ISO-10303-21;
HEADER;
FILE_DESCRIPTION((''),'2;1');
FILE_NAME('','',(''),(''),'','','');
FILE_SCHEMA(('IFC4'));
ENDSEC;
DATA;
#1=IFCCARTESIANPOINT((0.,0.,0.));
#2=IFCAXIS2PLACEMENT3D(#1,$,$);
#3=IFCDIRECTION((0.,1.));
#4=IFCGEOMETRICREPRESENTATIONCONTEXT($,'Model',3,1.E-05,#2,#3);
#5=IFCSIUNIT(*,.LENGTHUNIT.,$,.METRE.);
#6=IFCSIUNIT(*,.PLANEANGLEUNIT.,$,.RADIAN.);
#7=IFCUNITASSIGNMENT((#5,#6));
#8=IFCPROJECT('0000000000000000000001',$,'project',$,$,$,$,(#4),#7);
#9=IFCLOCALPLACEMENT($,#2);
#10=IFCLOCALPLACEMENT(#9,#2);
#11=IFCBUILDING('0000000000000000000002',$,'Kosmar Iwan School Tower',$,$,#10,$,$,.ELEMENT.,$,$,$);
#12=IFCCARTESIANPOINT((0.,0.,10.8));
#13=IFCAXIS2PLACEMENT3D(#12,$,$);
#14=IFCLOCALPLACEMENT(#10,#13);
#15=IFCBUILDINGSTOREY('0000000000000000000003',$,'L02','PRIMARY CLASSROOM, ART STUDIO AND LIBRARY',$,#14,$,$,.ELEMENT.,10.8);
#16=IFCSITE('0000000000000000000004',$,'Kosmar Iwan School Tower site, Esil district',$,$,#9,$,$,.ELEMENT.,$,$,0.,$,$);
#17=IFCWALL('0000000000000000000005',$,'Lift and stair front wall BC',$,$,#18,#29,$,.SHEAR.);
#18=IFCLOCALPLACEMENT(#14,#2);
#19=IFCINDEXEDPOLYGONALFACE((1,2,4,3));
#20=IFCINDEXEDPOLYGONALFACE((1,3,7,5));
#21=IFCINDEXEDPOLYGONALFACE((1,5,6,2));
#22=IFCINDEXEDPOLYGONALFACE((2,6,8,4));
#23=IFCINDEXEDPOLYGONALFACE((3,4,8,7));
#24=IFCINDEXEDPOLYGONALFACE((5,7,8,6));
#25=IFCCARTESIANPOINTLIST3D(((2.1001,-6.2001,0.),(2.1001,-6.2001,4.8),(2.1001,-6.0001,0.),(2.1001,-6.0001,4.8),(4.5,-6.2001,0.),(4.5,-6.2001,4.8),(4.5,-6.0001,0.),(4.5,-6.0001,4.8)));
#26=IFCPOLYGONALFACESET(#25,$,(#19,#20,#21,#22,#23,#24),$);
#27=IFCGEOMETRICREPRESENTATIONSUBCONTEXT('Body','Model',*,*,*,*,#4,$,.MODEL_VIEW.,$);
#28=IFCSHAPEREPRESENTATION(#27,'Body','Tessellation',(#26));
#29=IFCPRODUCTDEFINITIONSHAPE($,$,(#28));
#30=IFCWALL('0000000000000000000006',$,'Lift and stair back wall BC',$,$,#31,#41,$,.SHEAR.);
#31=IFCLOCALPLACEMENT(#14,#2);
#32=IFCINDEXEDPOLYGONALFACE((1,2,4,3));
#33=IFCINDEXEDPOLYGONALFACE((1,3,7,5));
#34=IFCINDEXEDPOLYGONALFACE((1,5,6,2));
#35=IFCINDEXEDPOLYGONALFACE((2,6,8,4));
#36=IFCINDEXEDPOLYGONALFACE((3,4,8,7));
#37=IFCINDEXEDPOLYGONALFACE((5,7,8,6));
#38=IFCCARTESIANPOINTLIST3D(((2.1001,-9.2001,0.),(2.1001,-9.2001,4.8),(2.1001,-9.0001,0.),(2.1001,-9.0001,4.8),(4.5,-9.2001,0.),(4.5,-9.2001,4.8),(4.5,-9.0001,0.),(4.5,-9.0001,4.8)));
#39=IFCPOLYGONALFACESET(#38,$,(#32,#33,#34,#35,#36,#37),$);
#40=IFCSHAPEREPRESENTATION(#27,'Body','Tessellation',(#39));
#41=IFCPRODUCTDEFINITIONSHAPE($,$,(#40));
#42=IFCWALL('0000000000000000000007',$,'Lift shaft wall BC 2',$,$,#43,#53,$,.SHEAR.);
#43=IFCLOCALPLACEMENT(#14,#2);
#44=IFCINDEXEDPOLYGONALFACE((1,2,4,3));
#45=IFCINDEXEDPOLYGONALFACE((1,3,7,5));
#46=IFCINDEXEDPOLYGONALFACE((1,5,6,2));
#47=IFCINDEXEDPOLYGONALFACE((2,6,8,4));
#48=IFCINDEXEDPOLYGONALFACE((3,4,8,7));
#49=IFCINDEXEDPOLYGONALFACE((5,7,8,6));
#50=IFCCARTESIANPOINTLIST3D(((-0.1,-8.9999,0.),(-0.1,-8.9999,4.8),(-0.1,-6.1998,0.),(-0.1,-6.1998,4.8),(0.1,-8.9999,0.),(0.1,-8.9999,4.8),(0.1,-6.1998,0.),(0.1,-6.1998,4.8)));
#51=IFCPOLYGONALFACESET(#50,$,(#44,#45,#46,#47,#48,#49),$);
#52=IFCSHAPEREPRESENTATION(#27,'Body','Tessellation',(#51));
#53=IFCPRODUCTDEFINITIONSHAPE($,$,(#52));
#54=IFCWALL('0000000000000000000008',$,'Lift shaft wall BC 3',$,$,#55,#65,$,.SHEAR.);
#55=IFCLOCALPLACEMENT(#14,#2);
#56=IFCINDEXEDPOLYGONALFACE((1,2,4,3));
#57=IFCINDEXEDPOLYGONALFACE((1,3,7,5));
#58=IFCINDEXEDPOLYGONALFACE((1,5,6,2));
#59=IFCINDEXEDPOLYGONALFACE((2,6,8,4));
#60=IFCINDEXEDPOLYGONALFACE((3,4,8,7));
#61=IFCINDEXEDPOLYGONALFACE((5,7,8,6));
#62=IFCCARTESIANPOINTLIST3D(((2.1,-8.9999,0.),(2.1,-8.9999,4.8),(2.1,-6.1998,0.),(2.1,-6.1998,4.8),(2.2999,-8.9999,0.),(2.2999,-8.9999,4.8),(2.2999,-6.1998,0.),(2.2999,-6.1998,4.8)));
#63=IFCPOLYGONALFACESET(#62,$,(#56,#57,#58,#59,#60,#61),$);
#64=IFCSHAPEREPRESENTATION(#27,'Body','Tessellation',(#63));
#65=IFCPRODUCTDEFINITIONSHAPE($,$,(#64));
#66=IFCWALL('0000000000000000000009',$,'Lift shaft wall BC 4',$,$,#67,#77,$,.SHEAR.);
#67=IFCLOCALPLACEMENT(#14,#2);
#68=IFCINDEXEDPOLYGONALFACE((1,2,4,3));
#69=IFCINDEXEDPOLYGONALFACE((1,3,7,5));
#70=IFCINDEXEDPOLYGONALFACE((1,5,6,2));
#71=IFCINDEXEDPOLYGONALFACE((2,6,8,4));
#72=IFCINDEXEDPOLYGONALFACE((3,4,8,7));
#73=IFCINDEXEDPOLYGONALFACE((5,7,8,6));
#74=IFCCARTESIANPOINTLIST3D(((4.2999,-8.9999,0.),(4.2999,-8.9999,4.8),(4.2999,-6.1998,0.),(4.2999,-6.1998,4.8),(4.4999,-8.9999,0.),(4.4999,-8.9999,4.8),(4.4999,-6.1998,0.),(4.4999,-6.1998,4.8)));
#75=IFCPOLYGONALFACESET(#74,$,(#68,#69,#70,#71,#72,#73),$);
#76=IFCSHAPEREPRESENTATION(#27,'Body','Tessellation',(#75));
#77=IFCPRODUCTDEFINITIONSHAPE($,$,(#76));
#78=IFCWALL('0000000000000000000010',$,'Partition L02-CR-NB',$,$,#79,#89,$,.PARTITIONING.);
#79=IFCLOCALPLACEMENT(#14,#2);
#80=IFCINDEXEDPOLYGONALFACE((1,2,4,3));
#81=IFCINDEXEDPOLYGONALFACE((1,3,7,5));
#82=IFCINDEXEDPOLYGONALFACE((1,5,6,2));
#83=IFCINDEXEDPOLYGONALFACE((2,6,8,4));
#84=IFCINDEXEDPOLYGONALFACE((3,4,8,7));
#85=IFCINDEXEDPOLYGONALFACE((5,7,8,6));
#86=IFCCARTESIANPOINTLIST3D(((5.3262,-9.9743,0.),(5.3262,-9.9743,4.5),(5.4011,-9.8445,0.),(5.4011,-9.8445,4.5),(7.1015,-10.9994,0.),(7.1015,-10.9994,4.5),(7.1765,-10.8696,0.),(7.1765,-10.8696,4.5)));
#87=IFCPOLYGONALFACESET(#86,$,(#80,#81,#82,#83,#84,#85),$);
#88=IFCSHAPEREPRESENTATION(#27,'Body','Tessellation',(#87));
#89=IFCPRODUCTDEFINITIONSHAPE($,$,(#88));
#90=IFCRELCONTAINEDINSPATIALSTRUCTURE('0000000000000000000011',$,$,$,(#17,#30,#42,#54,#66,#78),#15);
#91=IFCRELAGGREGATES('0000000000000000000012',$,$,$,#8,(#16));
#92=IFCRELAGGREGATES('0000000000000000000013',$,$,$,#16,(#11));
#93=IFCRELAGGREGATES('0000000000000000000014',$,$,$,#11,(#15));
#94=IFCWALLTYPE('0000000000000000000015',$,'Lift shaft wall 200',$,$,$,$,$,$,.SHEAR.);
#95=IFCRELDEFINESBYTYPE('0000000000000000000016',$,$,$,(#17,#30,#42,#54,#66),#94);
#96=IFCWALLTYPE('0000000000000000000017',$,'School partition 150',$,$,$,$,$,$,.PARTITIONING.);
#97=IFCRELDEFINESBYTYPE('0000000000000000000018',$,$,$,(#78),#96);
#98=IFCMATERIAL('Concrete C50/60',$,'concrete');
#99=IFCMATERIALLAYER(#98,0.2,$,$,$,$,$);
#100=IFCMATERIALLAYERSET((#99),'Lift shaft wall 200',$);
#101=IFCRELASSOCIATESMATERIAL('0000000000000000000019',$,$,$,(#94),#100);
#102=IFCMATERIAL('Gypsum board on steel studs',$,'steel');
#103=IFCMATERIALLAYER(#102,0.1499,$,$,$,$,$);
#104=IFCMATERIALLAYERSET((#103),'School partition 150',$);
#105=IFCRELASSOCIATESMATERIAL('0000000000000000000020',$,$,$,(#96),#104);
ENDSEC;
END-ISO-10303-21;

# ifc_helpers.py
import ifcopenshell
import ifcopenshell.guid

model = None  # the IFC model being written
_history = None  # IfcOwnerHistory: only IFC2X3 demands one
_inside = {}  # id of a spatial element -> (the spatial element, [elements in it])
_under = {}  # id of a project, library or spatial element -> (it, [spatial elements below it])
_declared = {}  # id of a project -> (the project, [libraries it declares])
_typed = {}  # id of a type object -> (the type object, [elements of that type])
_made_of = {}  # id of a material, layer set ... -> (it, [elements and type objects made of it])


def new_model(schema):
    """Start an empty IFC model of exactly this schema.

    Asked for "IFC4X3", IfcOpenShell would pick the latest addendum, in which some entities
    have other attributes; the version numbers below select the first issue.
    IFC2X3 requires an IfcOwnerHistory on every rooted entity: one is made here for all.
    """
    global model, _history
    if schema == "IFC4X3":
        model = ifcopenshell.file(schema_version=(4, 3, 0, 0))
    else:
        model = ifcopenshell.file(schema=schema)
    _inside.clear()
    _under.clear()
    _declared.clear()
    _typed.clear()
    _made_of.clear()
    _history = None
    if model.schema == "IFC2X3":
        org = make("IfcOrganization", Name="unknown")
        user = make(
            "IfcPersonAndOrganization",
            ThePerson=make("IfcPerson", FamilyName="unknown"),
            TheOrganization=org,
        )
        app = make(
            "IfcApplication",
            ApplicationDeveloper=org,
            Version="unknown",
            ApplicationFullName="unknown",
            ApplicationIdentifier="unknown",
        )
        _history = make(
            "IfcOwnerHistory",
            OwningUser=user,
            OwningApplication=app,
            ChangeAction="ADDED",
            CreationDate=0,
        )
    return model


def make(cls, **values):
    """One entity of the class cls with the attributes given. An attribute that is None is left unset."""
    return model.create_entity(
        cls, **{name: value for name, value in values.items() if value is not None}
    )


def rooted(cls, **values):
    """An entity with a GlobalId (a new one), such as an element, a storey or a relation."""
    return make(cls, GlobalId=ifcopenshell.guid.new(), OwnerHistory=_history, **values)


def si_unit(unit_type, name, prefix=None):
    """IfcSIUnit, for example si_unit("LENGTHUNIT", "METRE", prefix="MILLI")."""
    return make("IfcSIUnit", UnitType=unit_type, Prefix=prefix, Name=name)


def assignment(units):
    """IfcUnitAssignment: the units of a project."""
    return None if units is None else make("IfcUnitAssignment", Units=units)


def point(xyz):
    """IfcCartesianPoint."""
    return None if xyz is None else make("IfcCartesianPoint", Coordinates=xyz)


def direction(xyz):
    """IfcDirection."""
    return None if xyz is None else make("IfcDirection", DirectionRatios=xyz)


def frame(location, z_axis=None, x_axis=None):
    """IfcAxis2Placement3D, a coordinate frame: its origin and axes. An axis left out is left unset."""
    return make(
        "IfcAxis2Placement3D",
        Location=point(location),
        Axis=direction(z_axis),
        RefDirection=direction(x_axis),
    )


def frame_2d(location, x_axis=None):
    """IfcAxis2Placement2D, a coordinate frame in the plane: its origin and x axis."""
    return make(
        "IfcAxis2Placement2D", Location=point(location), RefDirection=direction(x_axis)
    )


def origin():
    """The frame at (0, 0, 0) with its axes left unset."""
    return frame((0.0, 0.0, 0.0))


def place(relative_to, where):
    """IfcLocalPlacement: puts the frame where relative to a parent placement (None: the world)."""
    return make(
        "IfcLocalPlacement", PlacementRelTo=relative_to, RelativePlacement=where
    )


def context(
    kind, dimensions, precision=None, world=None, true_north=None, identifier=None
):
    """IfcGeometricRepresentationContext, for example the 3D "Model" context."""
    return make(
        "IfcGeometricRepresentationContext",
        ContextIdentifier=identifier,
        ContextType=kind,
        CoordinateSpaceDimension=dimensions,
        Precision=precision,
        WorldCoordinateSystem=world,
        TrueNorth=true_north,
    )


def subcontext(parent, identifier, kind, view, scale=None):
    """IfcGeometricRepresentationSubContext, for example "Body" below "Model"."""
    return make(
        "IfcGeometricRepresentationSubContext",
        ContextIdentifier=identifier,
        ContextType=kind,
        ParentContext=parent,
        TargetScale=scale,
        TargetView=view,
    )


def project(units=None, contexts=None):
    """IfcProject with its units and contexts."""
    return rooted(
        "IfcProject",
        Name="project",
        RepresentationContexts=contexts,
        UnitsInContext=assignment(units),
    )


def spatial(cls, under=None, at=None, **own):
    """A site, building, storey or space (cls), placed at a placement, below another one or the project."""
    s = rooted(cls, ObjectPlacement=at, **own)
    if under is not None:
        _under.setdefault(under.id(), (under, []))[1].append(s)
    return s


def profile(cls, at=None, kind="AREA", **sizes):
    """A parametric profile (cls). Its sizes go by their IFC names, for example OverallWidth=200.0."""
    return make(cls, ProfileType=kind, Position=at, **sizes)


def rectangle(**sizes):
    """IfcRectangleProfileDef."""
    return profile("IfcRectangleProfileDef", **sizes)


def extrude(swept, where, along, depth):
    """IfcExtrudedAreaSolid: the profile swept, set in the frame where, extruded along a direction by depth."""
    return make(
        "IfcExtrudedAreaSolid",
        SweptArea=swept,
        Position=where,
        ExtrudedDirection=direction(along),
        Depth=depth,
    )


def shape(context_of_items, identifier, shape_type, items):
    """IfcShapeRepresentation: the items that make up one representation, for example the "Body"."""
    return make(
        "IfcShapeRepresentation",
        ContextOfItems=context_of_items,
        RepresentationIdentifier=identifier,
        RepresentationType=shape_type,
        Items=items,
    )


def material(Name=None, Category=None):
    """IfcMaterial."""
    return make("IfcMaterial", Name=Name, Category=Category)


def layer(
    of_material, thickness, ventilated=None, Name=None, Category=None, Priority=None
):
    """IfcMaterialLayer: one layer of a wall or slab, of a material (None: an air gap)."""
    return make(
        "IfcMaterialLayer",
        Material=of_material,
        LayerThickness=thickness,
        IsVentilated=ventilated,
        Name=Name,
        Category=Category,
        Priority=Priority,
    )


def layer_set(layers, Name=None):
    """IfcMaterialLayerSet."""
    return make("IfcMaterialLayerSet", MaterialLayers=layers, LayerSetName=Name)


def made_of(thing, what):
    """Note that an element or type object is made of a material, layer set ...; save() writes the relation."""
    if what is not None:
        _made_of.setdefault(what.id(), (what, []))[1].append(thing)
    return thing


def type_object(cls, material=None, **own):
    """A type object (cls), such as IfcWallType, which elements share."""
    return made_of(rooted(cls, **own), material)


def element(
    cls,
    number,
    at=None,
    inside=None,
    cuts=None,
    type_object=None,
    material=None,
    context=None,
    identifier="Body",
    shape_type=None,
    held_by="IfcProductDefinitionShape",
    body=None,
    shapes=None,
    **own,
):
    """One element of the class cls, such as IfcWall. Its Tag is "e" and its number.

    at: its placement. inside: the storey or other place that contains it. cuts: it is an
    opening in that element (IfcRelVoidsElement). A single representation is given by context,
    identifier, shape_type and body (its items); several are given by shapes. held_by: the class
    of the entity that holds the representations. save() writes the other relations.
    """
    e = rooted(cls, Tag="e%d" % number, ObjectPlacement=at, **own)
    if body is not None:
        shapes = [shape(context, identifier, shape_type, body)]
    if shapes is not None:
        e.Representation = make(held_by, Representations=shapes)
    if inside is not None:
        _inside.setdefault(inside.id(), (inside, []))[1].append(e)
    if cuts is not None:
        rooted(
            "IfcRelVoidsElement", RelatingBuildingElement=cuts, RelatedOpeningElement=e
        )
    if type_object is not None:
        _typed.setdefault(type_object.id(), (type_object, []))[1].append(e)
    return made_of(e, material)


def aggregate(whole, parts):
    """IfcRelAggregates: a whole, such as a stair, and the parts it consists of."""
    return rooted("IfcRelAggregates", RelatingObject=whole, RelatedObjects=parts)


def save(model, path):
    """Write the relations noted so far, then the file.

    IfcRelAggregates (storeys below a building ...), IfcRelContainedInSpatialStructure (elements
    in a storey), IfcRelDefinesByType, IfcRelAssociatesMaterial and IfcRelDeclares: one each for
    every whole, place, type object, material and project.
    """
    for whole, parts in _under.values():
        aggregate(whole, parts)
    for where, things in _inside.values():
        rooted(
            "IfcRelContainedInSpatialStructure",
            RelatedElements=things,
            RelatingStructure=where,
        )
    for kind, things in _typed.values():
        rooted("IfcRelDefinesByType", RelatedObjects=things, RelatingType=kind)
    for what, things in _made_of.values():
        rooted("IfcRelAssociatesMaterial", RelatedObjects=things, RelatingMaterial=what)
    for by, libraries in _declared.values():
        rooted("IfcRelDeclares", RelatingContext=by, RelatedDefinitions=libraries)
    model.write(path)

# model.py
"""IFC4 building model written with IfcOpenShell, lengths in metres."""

from ifc_helpers import new_model, si_unit, direction, frame, frame_2d, origin, place, context, subcontext, project, spatial, rectangle, extrude, material, layer, layer_set, type_object, element, save


model = new_model("IFC4")

# Units and contexts
model_context = context("Model", 3, precision=1e-05, world=origin(), true_north=direction((0.0, 1.0)))
body_context = subcontext(model_context, "Body", "Model", "MODEL_VIEW")
ifc_project = project(units=[si_unit("LENGTHUNIT", "METRE"), si_unit("PLANEANGLEUNIT", "RADIAN")], contexts=[model_context])

# Site, building, storey
site_placement = place(None, origin())
site = spatial("IfcSite", under=ifc_project, at=site_placement, Name="Kosmar Iwan School Tower site, Esil district", CompositionType="ELEMENT", RefElevation=0.0)
building_placement = place(site_placement, origin())
building = spatial("IfcBuilding", under=site, at=building_placement, Name="Kosmar Iwan School Tower", CompositionType="ELEMENT")
storey_placement = place(building_placement, frame((0.0, 0.0, 10.8)))
storey = spatial("IfcBuildingStorey", under=building, at=storey_placement, Name="L02", Description="PRIMARY CLASSROOM, ART STUDIO AND LIBRARY", CompositionType="ELEMENT", Elevation=10.8)

# Walls
ifc_material_1 = material(Name="Concrete C50/60", Category="concrete")
ifc_layer_1 = layer(ifc_material_1, 0.2)
ifc_layer_set_1 = layer_set([ifc_layer_1], Name="Lift shaft wall 200")
wall_type_1 = type_object("IfcWallType", Name="Lift shaft wall 200", PredefinedType="SHEAR", material=ifc_layer_set_1)
for number, where, z_axis, x_axis, name in (
    (1, (2.1001, -6.1001, 0.0), (0.0, 0.0, 1.0), (1.0, 0.0, 0.0), "Lift and stair front wall BC"),
    (2, (2.1001, -9.1001, 0.0), (0.0, 0.0, 1.0), (1.0, 0.0, 0.0), "Lift and stair back wall BC"),
):
    element("IfcWall", number, at=place(storey_placement, frame(where, z_axis=z_axis, x_axis=x_axis)), inside=storey, type_object=wall_type_1, Name=name, PredefinedType="SHEAR", context=body_context, shape_type="SweptSolid", body=[
        extrude(rectangle(XDim=2.3999, YDim=0.2, at=frame_2d((1.2, 0.0))), origin(), (0.0, 0.0, 1.0), 4.8),
    ])
for number, where, z_axis, x_axis, name in (
    (3, (0.0, -6.2, 0.0), (0.0, 0.0, 1.0), (0.0, -1.0, 0.0), "Lift shaft wall BC 2"),
    (4, (2.2, -6.2, 0.0), (0.0, 0.0, 1.0), (0.0, -1.0, 0.0), "Lift shaft wall BC 3"),
    (5, (4.3999, -6.2, 0.0), (0.0, 0.0, 1.0), (0.0, -1.0, 0.0), "Lift shaft wall BC 4"),
):
    element("IfcWall", number, at=place(storey_placement, frame(where, z_axis=z_axis, x_axis=x_axis)), inside=storey, type_object=wall_type_1, Name=name, PredefinedType="SHEAR", context=body_context, shape_type="SweptSolid", body=[
        extrude(rectangle(XDim=2.8, YDim=0.2, at=frame_2d((1.3999, 0.0))), origin(), (0.0, 0.0, 1.0), 4.8),
    ])
ifc_material_2 = material(Name="Gypsum board on steel studs", Category="steel")
ifc_layer_2 = layer(ifc_material_2, 0.1499)
ifc_layer_set_2 = layer_set([ifc_layer_2], Name="School partition 150")
wall_type_2 = type_object("IfcWallType", Name="School partition 150", PredefinedType="PARTITIONING", material=ifc_layer_set_2)
wall_1_placement = place(storey_placement, frame((5.3638, -9.9094, 0.0), z_axis=(0.0, 0.0, 1.0), x_axis=(0.865999, -0.500045, 0.0)))
element("IfcWall", 6, at=wall_1_placement, inside=storey, type_object=wall_type_2, Name="Partition L02-CR-NB", PredefinedType="PARTITIONING", context=body_context, shape_type="SweptSolid", body=[
    extrude(rectangle(XDim=2.05, YDim=0.1499, at=frame_2d((1.0249, 0.0))), origin(), (0.0, 0.0, 1.0), 4.5),
])

save(model, "model.ifc")
